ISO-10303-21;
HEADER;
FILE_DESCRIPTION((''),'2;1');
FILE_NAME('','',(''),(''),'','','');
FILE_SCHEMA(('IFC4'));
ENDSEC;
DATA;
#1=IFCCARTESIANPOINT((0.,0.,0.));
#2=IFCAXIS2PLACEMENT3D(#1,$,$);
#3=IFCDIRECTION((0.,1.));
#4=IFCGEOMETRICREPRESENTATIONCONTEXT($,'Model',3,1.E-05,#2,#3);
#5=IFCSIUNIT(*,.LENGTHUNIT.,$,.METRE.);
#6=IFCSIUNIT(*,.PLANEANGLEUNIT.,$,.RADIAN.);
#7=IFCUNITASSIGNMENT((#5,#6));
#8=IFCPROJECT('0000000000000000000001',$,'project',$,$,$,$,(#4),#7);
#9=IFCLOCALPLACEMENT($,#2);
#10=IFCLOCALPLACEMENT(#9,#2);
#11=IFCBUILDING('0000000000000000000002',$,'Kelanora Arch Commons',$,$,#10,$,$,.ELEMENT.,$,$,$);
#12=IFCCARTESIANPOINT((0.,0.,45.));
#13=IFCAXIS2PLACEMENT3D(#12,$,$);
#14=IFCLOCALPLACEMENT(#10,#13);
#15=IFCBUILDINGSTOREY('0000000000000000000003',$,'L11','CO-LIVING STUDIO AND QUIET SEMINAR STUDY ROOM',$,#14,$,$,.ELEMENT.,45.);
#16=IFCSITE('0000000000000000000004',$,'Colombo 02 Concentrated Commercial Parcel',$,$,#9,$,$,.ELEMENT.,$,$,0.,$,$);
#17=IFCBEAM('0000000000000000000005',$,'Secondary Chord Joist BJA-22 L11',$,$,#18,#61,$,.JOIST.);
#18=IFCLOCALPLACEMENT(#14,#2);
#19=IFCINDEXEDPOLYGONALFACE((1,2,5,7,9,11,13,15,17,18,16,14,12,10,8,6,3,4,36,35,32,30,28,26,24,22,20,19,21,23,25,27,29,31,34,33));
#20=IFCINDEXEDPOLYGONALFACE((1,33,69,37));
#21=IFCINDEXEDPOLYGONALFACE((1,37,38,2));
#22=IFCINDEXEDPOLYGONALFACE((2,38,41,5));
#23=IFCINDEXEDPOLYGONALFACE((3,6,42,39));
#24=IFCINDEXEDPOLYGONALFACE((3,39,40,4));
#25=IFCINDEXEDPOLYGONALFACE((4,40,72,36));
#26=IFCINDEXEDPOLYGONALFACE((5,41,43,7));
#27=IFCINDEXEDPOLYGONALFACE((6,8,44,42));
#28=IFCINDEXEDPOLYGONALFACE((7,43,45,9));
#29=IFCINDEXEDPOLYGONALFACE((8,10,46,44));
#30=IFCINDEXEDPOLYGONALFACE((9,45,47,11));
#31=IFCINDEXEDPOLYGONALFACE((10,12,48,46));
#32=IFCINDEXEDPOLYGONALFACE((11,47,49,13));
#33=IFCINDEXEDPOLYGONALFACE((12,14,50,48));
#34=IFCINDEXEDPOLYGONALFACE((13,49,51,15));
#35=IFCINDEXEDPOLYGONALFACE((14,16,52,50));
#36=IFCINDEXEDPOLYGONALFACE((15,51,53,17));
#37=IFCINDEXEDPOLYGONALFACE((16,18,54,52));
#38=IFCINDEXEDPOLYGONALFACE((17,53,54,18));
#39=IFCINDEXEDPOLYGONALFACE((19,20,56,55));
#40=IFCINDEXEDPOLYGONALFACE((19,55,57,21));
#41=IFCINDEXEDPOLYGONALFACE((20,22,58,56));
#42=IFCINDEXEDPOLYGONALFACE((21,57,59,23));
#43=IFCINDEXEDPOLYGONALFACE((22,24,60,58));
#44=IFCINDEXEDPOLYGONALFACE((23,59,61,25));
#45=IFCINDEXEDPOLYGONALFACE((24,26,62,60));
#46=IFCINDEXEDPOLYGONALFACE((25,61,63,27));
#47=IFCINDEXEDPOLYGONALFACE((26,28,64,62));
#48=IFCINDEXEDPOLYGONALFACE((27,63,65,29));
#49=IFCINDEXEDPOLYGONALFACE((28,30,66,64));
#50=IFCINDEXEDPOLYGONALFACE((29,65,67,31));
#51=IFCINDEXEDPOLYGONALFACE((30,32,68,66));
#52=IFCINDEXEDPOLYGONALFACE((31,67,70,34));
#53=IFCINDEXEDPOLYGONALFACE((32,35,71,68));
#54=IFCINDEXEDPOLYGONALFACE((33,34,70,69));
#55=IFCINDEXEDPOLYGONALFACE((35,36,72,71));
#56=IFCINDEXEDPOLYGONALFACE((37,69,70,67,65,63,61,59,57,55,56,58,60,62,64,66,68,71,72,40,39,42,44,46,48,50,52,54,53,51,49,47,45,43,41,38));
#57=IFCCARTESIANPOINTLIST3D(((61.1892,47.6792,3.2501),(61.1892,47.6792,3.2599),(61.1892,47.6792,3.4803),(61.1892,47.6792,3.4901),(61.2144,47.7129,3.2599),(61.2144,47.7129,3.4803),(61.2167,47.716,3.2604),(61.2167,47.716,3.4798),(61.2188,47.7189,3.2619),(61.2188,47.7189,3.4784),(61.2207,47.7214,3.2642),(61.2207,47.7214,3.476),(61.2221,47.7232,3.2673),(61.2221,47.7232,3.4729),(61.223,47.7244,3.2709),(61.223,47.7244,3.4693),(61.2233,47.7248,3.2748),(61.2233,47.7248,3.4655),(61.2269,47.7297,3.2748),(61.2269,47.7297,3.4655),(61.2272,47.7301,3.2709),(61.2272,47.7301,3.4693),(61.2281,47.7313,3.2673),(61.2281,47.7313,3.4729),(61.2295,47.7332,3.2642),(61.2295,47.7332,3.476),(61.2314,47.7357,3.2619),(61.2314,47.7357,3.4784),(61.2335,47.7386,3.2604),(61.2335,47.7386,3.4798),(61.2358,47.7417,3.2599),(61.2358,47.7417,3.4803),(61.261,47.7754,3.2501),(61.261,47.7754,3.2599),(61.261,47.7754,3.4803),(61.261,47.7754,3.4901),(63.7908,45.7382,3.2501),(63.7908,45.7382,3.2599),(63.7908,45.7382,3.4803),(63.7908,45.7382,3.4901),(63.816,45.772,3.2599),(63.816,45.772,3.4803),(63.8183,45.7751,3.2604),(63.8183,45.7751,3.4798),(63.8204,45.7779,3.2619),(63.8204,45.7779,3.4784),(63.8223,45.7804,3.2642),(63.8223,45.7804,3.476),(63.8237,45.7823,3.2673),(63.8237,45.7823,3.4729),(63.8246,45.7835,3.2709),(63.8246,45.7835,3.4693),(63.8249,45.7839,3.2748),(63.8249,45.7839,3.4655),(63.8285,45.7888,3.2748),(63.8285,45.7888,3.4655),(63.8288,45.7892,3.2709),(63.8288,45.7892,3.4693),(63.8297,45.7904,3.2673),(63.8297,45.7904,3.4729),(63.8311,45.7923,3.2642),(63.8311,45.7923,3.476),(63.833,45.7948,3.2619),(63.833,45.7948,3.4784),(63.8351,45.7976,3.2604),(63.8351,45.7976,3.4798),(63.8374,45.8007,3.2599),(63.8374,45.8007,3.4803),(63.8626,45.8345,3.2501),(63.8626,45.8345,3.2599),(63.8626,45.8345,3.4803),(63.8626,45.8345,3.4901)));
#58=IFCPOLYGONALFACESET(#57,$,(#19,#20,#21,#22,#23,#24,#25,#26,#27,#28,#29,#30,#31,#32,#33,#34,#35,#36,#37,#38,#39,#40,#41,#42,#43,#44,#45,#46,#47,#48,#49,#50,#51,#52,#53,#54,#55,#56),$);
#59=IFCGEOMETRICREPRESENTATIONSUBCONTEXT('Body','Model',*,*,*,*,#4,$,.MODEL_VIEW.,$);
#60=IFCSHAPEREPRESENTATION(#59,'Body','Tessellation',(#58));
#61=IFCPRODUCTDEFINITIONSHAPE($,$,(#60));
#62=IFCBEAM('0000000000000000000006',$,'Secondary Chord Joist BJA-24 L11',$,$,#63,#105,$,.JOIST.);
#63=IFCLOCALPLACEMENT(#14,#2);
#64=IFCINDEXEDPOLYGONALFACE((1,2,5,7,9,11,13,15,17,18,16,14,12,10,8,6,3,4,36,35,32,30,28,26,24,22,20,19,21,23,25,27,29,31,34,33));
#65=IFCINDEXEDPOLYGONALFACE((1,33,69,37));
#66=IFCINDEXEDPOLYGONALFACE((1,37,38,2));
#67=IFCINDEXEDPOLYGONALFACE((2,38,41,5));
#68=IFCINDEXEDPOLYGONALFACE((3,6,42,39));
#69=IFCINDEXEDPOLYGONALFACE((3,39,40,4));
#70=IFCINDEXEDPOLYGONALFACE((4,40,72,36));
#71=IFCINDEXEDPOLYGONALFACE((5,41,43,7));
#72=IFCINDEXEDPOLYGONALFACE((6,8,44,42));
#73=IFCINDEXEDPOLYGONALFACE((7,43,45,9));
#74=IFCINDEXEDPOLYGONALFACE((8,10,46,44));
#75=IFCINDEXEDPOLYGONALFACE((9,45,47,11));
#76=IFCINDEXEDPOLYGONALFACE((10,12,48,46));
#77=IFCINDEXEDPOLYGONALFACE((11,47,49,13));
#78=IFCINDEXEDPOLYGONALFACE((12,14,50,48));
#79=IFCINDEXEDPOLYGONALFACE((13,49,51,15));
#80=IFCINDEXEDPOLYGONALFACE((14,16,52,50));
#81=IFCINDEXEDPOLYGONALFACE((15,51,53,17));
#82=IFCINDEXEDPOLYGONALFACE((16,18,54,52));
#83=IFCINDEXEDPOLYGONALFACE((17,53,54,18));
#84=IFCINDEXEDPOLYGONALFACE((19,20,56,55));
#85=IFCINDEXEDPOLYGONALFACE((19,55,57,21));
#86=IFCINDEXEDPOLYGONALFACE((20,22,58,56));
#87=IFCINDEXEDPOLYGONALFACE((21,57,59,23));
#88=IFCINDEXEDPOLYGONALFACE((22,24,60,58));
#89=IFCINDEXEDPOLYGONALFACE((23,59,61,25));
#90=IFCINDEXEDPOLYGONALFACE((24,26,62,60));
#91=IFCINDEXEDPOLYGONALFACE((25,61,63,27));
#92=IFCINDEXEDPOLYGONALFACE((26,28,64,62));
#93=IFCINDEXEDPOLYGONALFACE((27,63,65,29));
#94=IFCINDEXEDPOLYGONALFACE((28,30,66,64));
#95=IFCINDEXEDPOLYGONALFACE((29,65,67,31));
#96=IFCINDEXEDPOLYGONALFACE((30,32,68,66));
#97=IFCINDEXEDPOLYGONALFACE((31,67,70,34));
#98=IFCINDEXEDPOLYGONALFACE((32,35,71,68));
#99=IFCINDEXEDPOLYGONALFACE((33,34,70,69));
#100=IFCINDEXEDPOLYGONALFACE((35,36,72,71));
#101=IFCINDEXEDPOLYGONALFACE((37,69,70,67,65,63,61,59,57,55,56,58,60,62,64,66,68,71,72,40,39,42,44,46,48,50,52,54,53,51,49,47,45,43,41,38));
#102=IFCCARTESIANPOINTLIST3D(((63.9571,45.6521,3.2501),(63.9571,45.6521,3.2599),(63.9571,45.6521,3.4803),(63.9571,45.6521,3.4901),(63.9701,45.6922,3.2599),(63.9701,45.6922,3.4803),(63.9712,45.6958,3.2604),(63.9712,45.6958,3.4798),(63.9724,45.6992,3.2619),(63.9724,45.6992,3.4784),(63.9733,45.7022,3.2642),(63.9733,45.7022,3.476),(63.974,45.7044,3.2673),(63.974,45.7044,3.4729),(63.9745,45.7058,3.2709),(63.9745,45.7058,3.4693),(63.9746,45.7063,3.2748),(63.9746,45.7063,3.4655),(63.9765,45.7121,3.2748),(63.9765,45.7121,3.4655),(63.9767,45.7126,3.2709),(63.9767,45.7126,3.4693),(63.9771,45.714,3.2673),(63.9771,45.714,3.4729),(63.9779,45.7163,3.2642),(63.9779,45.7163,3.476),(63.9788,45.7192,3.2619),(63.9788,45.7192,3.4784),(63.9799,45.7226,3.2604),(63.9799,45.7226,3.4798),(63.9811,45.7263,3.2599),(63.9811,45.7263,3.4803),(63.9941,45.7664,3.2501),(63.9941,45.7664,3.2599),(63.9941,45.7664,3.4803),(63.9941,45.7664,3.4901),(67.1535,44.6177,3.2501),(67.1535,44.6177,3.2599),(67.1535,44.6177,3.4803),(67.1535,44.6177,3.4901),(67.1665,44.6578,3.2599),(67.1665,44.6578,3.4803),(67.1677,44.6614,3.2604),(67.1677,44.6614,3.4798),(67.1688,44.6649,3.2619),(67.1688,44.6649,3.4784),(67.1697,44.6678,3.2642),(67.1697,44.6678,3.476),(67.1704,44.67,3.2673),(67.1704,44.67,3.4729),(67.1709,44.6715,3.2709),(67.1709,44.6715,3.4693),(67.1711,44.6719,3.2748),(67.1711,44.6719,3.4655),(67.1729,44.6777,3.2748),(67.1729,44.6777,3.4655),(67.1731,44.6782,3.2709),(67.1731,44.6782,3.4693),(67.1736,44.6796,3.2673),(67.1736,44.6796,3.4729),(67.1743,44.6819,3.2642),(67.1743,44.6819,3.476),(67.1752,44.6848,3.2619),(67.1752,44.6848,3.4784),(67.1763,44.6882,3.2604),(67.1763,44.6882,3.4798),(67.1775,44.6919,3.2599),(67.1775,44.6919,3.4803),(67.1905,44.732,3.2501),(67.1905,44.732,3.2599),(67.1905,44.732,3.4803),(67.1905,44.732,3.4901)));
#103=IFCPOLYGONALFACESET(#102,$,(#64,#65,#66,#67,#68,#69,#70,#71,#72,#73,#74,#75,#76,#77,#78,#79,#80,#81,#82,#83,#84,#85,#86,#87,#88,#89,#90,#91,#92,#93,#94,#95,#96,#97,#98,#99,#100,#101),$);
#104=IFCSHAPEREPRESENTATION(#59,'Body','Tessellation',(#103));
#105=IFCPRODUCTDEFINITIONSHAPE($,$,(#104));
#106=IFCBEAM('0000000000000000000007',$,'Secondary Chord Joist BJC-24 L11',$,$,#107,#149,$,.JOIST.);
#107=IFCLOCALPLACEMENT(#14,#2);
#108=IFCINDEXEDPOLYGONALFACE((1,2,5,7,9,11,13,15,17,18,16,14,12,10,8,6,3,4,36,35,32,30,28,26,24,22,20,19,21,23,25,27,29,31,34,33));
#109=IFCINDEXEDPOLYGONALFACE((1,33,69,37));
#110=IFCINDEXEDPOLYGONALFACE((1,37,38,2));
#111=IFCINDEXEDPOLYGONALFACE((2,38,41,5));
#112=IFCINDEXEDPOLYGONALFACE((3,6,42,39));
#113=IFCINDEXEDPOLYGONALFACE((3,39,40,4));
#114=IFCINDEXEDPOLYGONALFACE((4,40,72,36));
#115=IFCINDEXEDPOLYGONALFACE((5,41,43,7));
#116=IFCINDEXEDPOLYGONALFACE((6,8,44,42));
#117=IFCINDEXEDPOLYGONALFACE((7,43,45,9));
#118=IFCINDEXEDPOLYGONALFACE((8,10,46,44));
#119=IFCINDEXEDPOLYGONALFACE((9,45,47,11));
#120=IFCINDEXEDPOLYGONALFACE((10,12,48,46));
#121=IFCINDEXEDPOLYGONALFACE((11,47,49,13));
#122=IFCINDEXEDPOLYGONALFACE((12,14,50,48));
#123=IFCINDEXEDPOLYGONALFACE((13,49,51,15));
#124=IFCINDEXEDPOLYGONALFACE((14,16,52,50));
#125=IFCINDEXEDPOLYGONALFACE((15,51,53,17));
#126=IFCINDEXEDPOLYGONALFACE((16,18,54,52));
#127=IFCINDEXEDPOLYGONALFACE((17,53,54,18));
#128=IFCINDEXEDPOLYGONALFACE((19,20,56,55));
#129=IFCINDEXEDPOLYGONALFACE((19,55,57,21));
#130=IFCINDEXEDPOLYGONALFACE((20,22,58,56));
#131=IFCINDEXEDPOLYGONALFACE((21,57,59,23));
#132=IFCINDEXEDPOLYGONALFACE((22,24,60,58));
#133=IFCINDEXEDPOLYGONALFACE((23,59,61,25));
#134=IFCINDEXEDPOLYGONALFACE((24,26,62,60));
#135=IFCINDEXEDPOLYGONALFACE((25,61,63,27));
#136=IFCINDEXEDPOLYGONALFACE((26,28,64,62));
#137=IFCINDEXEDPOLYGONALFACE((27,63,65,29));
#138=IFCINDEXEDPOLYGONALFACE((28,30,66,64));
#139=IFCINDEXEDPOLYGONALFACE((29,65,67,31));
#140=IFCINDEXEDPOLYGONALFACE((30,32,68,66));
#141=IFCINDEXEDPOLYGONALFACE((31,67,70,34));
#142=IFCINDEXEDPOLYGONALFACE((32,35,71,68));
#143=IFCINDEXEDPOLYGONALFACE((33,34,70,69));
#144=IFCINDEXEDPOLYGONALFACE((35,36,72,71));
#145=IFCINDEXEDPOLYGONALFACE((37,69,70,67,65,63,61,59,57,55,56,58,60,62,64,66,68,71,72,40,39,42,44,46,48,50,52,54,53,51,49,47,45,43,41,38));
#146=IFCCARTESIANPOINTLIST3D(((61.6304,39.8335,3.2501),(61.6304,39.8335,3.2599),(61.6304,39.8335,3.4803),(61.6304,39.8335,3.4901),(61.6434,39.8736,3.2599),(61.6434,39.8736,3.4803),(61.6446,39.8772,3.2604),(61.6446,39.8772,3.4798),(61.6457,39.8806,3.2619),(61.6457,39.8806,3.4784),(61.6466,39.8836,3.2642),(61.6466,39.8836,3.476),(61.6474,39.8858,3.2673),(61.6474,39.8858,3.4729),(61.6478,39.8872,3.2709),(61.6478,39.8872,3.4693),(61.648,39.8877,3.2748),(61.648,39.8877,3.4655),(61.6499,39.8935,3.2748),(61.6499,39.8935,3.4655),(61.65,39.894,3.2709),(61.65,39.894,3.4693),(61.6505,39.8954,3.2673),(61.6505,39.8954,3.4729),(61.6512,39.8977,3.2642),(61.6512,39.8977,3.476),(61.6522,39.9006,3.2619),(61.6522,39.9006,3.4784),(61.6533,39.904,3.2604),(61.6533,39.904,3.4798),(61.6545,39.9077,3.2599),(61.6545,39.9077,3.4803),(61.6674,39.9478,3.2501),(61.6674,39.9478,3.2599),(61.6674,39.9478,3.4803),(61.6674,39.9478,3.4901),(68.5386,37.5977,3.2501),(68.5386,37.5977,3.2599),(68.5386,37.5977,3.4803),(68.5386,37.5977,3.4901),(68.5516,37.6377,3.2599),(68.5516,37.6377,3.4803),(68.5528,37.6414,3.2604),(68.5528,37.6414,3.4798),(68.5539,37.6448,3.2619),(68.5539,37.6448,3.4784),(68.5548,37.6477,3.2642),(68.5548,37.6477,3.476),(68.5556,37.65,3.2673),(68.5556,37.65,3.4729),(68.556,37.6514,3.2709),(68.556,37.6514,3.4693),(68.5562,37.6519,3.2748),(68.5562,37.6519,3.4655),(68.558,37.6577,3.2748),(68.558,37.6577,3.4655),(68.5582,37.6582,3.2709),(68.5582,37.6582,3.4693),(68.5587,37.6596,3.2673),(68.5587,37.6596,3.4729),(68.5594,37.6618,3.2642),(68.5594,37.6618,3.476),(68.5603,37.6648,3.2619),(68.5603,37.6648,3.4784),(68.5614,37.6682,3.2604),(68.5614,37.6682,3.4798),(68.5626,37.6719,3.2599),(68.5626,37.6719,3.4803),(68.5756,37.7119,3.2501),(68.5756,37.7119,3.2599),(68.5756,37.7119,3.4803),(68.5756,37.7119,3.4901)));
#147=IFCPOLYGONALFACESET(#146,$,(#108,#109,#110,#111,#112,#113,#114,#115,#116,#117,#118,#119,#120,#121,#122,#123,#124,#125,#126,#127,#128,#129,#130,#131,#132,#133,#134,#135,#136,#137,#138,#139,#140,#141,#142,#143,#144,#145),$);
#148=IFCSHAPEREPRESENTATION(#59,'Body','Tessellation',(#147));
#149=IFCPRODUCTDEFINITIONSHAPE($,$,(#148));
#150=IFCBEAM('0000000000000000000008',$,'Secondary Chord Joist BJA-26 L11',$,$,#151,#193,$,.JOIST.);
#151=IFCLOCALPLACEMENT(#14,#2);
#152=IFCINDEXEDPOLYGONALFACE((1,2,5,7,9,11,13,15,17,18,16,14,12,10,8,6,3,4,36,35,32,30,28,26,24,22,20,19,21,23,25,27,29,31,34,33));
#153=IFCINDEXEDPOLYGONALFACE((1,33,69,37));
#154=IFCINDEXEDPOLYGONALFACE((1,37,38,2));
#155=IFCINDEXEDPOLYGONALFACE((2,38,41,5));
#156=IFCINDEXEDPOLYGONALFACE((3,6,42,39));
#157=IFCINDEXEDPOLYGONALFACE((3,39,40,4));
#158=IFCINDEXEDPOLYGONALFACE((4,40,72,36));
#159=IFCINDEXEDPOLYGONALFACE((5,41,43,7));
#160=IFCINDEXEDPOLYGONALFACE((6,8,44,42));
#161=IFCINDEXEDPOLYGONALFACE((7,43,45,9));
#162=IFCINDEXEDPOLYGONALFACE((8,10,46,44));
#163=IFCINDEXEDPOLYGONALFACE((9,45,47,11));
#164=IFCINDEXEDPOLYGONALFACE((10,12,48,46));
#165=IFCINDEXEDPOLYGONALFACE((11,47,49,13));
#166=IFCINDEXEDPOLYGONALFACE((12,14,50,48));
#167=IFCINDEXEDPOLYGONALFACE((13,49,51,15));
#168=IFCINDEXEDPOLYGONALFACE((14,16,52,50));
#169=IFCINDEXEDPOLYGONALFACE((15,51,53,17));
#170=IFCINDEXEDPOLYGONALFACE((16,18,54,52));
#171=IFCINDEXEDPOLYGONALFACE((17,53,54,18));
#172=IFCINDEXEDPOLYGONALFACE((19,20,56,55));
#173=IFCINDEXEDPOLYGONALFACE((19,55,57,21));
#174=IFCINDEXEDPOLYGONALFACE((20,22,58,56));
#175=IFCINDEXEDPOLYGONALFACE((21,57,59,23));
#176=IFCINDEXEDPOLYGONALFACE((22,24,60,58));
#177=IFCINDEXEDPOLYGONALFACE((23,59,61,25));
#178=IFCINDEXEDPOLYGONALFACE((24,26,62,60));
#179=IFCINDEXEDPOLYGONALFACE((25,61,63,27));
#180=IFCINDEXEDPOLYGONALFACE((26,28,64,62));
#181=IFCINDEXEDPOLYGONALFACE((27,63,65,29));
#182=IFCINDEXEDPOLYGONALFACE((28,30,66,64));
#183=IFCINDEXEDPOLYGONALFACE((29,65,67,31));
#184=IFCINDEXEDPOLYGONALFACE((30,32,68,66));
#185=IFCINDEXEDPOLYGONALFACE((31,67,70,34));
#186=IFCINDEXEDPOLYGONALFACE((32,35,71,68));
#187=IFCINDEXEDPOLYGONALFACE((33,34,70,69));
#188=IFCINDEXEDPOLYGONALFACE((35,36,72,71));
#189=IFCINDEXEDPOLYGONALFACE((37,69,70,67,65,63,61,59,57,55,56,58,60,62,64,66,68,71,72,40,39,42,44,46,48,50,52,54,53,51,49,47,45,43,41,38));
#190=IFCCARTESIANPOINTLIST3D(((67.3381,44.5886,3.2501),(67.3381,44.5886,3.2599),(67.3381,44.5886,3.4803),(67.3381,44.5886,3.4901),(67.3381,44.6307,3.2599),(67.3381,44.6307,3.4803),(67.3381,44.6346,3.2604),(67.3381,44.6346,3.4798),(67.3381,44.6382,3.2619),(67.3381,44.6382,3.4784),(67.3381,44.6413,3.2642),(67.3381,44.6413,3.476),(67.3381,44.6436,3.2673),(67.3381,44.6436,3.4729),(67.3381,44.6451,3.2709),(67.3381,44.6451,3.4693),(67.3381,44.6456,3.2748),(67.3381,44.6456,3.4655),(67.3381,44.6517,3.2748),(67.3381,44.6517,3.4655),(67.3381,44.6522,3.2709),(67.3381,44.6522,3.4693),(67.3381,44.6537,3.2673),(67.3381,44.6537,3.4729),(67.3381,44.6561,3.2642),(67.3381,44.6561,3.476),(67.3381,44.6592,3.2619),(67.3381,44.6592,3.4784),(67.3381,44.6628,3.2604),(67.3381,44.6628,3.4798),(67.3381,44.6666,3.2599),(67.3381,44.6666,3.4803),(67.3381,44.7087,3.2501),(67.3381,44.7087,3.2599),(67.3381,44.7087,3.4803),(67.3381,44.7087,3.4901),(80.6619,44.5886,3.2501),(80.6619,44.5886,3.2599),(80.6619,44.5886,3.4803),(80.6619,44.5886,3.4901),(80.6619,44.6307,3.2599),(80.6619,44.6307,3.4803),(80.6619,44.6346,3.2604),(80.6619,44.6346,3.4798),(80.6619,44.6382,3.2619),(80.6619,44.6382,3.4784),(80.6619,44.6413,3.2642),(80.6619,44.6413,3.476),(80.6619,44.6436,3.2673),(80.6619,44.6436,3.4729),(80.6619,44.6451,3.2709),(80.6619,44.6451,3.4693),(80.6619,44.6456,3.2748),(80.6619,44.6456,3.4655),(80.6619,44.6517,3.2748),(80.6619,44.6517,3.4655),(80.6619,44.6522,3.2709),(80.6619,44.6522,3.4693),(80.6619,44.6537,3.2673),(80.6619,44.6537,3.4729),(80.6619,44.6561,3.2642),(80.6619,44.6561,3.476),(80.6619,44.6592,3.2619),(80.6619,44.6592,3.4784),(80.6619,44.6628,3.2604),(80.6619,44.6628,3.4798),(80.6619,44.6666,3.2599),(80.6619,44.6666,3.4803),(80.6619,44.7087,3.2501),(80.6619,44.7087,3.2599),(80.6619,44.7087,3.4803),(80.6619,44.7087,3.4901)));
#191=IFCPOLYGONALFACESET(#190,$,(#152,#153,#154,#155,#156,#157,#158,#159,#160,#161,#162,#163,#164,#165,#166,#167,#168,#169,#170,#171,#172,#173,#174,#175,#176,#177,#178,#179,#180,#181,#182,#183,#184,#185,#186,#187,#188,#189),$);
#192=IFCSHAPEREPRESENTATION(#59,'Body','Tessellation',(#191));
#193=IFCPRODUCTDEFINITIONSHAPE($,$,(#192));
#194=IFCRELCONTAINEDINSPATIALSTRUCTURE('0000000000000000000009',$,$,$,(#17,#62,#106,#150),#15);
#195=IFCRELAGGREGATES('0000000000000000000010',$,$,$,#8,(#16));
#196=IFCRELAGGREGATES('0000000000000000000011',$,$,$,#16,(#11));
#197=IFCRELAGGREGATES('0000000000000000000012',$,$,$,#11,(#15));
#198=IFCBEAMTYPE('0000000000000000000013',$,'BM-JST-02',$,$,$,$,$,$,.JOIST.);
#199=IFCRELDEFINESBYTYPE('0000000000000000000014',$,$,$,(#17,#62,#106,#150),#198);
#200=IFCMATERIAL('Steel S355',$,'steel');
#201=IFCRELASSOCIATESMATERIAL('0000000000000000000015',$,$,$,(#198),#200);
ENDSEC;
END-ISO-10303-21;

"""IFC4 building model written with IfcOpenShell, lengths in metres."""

from ifc_helpers import new_model, si_unit, direction, frame, origin, origin_2d, place, context, subcontext, project, spatial, i_section, extrude, material, material_profile, profile_set, type_object, element, save


model = new_model("IFC4")

# Units and contexts
model_context = context("Model", 3, precision=1e-05, world=origin(), true_north=direction((0.0, 1.0)))
body_context = subcontext(model_context, "Body", "Model", "MODEL_VIEW")
ifc_project = project(units=[si_unit("LENGTHUNIT", "METRE"), si_unit("PLANEANGLEUNIT", "RADIAN")], contexts=[model_context])

# Site, building, storey
site_placement = place(None, origin())
site = spatial("IfcSite", under=ifc_project, at=site_placement, Name="Colombo 02 Concentrated Commercial Parcel", CompositionType="ELEMENT", RefElevation=0.0)
building_placement = place(site_placement, origin())
building = spatial("IfcBuilding", under=site, at=building_placement, Name="Kelanora Arch Commons", CompositionType="ELEMENT")
storey_placement = place(building_placement, frame((0.0, 0.0, 45.0)))
storey = spatial("IfcBuildingStorey", under=building, at=storey_placement, Name="L11", Description="CO-LIVING STUDIO AND QUIET SEMINAR STUDY ROOM", CompositionType="ELEMENT", Elevation=45.0)

# Beams
ifc_material_1 = material(Name="Steel S355", Category="steel")
ifc_material_profile_1 = material_profile(ifc_material_1, i_section(OverallWidth=0.1201, OverallDepth=0.24, WebThickness=0.0061, FlangeThickness=0.0098, FilletRadius=0.0149, at=origin_2d()), Name="IPE240")
ifc_profile_set_1 = profile_set([ifc_material_profile_1], Name="Steel S355")
beam_type_1 = type_object("IfcBeamType", Name="BM-JST-02", PredefinedType="JOIST", material=ifc_profile_set_1)
beam_1_placement = place(storey_placement, frame((61.2251, 47.7273, 3.3701), z_axis=(0.801514, -0.597976, 0.0), x_axis=(0.597976, 0.801514, 0.0)))
element("IfcBeam", 1, at=beam_1_placement, inside=storey, type_object=beam_type_1, Name="Secondary Chord Joist BJA-22 L11", PredefinedType="JOIST", context=body_context, shape_type="SweptSolid", body=[
    extrude(i_section(OverallWidth=0.1201, OverallDepth=0.24, WebThickness=0.0061, FlangeThickness=0.0098, FilletRadius=0.0149, at=origin_2d()), origin(), (0.0, 0.0, 1.0), 3.2458),
])
beam_2_placement = place(storey_placement, frame((63.9756, 45.7092, 3.3701), z_axis=(0.951423, -0.307888, 0.0), x_axis=(0.307888, 0.951423, 0.0)))
element("IfcBeam", 2, at=beam_2_placement, inside=storey, type_object=beam_type_1, Name="Secondary Chord Joist BJA-24 L11", PredefinedType="JOIST", context=body_context, shape_type="SweptSolid", body=[
    extrude(i_section(OverallWidth=0.1201, OverallDepth=0.24, WebThickness=0.0061, FlangeThickness=0.0098, FilletRadius=0.0149, at=origin_2d()), origin(), (0.0, 0.0, 1.0), 3.3596),
])
beam_3_placement = place(storey_placement, frame((61.6489, 39.8906, 3.3701), z_axis=(0.951411, -0.307924, 0.0), x_axis=(0.307924, 0.951411, 0.0)))
element("IfcBeam", 3, at=beam_3_placement, inside=storey, type_object=beam_type_1, Name="Secondary Chord Joist BJC-24 L11", PredefinedType="JOIST", context=body_context, shape_type="SweptSolid", body=[
    extrude(i_section(OverallWidth=0.1201, OverallDepth=0.24, WebThickness=0.0061, FlangeThickness=0.0098, FilletRadius=0.0149, at=origin_2d()), origin(), (0.0, 0.0, 1.0), 7.261),
])
beam_4_placement = place(storey_placement, frame((67.3381, 44.6487, 3.3701), z_axis=(1.0, 0.0, 0.0), x_axis=(0.0, 1.0, 0.0)))
element("IfcBeam", 4, at=beam_4_placement, inside=storey, type_object=beam_type_1, Name="Secondary Chord Joist BJA-26 L11", PredefinedType="JOIST", context=body_context, shape_type="SweptSolid", body=[
    extrude(i_section(OverallWidth=0.1201, OverallDepth=0.24, WebThickness=0.0061, FlangeThickness=0.0098, FilletRadius=0.0149, at=origin_2d()), origin(), (0.0, 0.0, 1.0), 13.3237),
])

save(model, "model.ifc")
